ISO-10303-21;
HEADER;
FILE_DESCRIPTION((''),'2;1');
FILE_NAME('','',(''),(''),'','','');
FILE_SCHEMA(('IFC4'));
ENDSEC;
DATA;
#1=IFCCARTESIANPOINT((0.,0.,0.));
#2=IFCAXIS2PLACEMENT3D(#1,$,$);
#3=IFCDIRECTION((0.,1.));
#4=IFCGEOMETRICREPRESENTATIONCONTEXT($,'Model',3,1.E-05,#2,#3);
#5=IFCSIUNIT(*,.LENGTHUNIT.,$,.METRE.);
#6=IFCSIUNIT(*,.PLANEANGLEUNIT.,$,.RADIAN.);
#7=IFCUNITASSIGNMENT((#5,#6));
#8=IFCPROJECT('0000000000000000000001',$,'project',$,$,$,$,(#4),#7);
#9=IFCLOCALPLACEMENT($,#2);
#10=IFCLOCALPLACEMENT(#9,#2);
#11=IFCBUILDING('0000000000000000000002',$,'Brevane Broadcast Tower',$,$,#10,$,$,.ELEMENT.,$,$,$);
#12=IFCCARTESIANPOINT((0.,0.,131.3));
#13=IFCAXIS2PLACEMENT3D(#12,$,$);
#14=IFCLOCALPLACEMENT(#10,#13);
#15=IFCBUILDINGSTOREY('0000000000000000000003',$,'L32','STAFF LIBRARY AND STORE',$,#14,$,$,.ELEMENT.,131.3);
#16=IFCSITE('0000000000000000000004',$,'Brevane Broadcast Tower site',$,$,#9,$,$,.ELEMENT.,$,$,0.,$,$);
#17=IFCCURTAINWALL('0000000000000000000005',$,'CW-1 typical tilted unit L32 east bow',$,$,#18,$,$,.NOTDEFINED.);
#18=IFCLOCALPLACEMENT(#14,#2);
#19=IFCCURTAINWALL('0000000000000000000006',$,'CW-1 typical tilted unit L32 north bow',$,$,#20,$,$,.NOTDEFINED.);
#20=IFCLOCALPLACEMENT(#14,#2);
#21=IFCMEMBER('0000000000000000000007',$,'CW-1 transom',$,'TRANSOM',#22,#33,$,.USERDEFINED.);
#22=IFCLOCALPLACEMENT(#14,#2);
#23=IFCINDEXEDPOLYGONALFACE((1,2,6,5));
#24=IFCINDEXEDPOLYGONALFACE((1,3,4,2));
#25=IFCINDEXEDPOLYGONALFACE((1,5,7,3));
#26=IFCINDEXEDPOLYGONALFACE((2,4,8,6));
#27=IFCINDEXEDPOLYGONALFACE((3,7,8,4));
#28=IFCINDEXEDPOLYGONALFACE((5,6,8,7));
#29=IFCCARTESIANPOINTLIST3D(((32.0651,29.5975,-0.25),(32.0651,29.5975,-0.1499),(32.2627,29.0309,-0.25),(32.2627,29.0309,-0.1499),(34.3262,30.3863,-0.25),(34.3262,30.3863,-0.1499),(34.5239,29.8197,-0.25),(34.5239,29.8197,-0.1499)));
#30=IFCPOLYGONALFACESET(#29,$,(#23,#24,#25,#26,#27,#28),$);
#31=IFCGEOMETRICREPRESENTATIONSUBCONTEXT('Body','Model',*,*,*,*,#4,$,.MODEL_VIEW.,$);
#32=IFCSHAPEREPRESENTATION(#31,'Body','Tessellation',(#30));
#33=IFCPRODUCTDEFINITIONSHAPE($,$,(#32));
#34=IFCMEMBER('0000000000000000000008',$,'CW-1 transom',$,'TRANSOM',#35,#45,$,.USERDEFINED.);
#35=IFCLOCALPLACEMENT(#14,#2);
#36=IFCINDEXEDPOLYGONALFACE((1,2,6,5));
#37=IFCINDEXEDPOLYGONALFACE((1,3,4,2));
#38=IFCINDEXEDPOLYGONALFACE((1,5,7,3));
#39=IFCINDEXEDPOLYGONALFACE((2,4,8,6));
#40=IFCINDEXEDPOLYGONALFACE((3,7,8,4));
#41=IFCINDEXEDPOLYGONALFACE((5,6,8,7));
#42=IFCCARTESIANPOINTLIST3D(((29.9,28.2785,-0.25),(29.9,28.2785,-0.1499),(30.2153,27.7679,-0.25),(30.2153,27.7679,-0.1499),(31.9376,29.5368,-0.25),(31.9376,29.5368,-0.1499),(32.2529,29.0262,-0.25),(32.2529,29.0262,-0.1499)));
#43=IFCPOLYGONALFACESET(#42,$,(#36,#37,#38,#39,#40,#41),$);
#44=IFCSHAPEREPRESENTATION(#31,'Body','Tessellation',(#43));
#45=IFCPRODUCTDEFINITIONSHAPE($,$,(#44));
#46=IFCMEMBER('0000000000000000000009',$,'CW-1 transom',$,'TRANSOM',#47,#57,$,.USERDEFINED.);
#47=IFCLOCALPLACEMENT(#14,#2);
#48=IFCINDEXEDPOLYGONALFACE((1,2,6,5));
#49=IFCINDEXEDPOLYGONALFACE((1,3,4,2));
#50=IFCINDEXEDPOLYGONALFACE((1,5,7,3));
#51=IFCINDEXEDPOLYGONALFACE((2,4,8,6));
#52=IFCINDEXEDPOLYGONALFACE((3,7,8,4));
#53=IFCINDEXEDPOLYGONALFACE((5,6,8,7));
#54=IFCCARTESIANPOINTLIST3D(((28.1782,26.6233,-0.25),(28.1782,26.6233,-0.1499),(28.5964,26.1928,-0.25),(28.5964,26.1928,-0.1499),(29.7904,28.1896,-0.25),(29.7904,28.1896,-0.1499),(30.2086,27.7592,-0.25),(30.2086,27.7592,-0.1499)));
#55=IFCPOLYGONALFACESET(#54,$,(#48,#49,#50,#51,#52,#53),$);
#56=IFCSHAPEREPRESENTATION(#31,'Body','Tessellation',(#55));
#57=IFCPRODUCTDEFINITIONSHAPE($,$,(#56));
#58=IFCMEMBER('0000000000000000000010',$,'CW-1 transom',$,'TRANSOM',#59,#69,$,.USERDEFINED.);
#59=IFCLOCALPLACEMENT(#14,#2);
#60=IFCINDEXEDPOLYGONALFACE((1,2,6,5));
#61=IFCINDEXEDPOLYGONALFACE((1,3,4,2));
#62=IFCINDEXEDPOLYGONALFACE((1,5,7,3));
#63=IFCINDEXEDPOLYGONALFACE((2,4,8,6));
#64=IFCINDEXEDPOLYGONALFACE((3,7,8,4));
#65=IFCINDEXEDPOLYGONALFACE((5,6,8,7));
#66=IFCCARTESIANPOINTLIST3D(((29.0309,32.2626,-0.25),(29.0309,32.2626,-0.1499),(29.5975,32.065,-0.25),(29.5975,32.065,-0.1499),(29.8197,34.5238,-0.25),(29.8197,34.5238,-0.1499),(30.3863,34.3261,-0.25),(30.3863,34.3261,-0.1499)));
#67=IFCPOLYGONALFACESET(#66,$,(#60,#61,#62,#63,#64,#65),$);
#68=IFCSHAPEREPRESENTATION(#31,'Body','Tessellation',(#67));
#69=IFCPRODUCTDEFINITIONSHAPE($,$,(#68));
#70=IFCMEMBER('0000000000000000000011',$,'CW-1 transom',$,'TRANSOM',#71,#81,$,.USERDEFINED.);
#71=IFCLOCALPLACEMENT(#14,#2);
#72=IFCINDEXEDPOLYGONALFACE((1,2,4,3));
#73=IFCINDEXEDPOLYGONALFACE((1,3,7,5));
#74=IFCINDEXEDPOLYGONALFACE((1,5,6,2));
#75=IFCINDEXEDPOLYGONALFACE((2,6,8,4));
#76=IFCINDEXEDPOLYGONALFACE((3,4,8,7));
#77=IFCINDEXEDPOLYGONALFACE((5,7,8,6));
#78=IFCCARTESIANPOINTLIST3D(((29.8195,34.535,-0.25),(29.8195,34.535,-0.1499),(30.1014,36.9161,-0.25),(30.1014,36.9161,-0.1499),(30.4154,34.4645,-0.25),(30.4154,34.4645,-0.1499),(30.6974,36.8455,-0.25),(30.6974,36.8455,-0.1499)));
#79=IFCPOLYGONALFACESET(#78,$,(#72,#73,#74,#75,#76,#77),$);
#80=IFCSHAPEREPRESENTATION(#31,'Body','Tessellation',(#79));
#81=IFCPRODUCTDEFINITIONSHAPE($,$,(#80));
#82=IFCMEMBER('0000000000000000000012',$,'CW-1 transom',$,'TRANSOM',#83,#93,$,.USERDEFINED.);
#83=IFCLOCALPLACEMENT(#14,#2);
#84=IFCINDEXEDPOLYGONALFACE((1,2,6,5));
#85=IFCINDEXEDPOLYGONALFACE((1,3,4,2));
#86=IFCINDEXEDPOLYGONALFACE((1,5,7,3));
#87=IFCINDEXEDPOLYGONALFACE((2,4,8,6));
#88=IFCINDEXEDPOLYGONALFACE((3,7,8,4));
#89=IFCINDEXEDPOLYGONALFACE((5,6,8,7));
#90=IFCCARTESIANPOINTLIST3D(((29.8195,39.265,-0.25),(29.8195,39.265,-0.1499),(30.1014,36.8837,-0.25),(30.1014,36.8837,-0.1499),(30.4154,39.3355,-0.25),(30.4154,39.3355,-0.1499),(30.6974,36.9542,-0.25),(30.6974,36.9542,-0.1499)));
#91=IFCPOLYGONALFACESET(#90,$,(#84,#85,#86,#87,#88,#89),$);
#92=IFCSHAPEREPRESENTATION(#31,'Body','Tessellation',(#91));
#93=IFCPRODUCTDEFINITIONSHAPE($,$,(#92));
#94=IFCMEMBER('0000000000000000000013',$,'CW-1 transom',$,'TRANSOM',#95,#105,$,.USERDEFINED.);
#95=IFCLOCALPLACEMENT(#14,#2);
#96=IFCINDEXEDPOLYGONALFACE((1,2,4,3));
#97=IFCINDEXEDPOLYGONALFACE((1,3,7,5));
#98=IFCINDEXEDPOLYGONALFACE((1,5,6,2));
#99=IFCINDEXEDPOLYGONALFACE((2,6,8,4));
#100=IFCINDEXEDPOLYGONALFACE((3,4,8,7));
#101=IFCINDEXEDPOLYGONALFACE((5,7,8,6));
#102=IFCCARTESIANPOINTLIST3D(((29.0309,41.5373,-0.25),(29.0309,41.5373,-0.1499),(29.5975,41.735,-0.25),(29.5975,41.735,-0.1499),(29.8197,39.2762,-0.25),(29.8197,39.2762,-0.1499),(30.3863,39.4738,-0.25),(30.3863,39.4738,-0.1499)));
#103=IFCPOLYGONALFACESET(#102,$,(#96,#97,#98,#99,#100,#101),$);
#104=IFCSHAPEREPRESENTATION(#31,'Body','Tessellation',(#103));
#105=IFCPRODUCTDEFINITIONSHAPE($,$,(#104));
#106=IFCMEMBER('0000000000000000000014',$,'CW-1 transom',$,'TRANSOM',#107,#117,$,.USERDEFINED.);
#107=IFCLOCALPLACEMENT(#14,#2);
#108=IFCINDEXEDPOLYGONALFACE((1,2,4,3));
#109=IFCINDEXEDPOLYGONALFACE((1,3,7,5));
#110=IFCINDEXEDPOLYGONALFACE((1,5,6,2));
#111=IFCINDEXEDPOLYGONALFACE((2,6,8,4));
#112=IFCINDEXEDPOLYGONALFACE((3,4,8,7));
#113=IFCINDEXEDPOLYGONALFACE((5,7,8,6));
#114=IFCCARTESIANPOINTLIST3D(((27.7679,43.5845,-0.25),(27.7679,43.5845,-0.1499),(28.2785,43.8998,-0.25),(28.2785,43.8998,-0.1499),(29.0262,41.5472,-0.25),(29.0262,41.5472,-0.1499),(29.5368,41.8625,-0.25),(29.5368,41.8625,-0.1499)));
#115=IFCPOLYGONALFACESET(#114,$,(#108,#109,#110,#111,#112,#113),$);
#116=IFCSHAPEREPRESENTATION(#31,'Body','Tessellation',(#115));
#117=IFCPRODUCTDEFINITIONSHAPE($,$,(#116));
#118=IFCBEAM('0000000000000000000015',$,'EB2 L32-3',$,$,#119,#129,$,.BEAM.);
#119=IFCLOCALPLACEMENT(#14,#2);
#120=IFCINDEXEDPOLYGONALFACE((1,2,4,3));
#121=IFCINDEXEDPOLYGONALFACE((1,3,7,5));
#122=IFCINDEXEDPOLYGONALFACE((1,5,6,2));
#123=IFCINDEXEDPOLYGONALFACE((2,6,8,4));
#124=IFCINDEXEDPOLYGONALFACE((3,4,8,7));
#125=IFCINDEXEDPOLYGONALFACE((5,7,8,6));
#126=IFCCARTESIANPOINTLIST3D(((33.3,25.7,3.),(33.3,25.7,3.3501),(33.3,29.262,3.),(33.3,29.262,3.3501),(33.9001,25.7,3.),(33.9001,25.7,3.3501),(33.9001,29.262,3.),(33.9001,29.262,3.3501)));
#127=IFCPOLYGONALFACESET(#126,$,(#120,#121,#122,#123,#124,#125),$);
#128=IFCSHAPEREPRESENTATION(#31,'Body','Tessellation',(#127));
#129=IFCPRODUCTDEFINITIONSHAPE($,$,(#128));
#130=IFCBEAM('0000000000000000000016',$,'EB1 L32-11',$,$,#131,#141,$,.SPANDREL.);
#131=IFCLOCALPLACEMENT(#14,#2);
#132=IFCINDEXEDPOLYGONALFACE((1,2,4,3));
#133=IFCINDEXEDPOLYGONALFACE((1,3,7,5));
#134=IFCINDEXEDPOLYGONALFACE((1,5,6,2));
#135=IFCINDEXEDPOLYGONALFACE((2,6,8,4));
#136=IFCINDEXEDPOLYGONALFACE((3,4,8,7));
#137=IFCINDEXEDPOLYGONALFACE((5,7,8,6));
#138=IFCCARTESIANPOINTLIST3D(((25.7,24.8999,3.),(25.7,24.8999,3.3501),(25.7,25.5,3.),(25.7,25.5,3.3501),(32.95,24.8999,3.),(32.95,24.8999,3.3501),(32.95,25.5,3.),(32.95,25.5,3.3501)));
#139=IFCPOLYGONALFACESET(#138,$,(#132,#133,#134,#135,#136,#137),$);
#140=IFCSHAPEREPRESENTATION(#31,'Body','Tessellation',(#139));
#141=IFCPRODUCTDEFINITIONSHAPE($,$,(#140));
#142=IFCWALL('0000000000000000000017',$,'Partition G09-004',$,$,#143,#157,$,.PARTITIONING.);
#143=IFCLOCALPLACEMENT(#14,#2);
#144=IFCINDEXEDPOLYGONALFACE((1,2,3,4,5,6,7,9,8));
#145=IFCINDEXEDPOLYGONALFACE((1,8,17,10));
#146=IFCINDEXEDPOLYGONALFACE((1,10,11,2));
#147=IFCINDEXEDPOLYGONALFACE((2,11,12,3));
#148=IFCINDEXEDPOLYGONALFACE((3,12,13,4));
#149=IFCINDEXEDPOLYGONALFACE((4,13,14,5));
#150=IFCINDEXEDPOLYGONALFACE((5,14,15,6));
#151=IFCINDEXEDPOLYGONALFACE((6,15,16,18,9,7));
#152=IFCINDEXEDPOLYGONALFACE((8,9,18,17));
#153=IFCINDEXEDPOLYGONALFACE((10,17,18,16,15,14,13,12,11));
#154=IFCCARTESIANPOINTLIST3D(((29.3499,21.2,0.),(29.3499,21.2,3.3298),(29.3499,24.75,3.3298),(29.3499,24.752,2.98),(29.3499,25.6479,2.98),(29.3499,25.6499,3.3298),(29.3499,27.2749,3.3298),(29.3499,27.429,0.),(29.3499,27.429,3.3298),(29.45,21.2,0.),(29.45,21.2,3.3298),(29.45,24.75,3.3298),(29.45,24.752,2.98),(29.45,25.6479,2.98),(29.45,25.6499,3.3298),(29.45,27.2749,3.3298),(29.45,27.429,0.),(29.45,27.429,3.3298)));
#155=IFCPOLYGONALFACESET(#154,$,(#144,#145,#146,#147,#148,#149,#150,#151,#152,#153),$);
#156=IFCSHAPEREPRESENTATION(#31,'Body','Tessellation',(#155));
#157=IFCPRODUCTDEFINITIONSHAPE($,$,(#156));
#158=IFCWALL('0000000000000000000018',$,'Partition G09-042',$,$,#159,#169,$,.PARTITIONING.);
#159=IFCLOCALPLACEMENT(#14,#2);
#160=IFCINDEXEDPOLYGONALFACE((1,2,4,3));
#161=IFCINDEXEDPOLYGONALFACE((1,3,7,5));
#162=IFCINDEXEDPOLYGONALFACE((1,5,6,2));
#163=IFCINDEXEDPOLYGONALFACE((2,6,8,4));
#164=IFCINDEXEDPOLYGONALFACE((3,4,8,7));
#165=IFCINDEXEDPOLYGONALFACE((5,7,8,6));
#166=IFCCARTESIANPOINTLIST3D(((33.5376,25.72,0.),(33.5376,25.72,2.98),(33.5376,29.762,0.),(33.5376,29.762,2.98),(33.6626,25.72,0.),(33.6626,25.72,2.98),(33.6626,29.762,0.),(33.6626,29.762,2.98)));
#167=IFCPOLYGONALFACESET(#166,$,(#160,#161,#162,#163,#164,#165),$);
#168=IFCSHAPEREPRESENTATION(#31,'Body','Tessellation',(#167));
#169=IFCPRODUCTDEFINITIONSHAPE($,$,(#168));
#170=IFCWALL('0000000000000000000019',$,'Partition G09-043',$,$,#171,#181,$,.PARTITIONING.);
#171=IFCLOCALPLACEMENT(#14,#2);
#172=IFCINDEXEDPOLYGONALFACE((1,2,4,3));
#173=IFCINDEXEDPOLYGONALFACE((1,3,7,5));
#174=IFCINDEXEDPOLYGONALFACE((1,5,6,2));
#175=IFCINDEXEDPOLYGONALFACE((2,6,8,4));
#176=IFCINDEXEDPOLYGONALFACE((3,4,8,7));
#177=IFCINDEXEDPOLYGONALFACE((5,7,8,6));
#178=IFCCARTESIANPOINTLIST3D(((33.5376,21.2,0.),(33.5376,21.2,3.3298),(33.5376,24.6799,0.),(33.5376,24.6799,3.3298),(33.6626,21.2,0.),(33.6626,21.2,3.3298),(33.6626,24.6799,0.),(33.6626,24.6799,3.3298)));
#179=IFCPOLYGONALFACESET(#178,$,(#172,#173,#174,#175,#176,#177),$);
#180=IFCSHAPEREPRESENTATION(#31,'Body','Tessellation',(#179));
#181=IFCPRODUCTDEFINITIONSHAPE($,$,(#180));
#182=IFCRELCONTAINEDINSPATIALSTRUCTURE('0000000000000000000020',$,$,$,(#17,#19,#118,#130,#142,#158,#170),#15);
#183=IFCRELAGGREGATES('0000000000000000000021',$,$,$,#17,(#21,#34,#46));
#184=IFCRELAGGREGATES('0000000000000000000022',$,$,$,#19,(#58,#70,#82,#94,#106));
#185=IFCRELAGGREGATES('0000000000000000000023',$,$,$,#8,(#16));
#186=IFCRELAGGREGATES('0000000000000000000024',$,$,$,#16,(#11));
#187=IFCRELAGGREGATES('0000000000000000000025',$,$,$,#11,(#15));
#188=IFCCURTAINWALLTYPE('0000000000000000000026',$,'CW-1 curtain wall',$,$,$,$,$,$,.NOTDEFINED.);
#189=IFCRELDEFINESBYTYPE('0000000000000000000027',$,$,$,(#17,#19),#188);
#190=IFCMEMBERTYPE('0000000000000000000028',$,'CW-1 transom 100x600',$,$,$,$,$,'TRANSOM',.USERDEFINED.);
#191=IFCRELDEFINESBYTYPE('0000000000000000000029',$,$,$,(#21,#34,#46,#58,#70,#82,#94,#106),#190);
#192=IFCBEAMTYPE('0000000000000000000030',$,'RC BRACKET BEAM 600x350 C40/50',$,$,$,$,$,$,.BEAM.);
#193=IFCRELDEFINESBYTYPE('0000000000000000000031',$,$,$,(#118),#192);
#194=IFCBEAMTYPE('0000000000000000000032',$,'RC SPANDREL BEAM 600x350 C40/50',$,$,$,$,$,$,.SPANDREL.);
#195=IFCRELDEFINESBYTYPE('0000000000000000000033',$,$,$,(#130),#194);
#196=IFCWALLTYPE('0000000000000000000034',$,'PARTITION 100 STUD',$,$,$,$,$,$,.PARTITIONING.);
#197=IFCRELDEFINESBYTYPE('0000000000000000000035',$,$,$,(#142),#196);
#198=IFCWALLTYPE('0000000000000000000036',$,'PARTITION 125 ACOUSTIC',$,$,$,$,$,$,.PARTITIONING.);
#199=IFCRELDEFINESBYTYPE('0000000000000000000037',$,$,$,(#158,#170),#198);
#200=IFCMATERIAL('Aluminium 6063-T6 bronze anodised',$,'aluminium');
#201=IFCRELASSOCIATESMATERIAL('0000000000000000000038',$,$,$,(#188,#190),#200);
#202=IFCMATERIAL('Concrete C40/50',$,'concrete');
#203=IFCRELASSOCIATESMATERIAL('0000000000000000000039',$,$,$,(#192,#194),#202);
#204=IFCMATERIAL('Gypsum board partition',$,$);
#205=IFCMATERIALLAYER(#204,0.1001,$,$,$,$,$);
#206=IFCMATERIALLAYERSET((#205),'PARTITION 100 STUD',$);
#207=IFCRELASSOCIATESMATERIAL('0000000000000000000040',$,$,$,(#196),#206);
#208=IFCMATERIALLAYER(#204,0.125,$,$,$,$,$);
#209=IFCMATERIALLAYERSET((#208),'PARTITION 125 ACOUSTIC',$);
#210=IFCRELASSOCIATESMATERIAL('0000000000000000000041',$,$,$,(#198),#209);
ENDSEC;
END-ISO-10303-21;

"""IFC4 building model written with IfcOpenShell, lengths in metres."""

from ifc_helpers import new_model, si_unit, direction, frame, frame_2d, origin, origin_2d, place, context, subcontext, project, spatial, polyline, rectangle, outline, extrude, material, layer, layer_set, material_profile, profile_set, type_object, element, aggregate, save


model = new_model("IFC4")

# Units and contexts
model_context = context("Model", 3, precision=1e-05, world=origin(), true_north=direction((0.0, 1.0)))
body_context = subcontext(model_context, "Body", "Model", "MODEL_VIEW")
ifc_project = project(units=[si_unit("LENGTHUNIT", "METRE"), si_unit("PLANEANGLEUNIT", "RADIAN")], contexts=[model_context])

# Site, building, storey
site_placement = place(None, origin())
site = spatial("IfcSite", under=ifc_project, at=site_placement, Name="Brevane Broadcast Tower site", CompositionType="ELEMENT", RefElevation=0.0)
building_placement = place(site_placement, origin())
building = spatial("IfcBuilding", under=site, at=building_placement, Name="Brevane Broadcast Tower", CompositionType="ELEMENT")
storey_placement = place(building_placement, frame((0.0, 0.0, 131.3)))
storey = spatial("IfcBuildingStorey", under=building, at=storey_placement, Name="L32", Description="STAFF LIBRARY AND STORE", CompositionType="ELEMENT", Elevation=131.3)

# Curtain wall
ifc_material_1 = material(Name="Aluminium 6063-T6 bronze anodised", Category="aluminium")
curtain_wall_type = type_object("IfcCurtainWallType", Name="CW-1 curtain wall", PredefinedType="NOTDEFINED", material=ifc_material_1)
curtain_wall_1_placement = place(storey_placement, origin())
curtain_wall_1 = element("IfcCurtainWall", 1, at=curtain_wall_1_placement, inside=storey, type_object=curtain_wall_type, Name="CW-1 typical tilted unit L32 east bow", PredefinedType="NOTDEFINED")

# Curtain wall
curtain_wall_2_placement = place(storey_placement, origin())
curtain_wall_2 = element("IfcCurtainWall", 2, at=curtain_wall_2_placement, inside=storey, type_object=curtain_wall_type, Name="CW-1 typical tilted unit L32 north bow", PredefinedType="NOTDEFINED")

# Members
ifc_material_profile_1 = material_profile(ifc_material_1, rectangle(XDim=0.6001, YDim=0.1001, at=origin_2d()), Name="RECT 100x600")
ifc_profile_set_1 = profile_set([ifc_material_profile_1], Name="Aluminium 6063-T6 bronze anodised")
member_type_1 = type_object("IfcMemberType", Name="CW-1 transom 100x600", ElementType="TRANSOM", PredefinedType="USERDEFINED", material=ifc_profile_set_1)
member_1_placement = place(storey_placement, frame((34.425, 30.103, -0.2), z_axis=(-0.944198, -0.329378, 0.0), x_axis=(0.329378, -0.944198, 0.0)))
member_1 = element("IfcMember", 3, at=member_1_placement, type_object=member_type_1, Name="CW-1 transom", ObjectType="TRANSOM", PredefinedType="USERDEFINED", context=body_context, shape_type="SweptSolid", body=[
    extrude(rectangle(XDim=0.6001, YDim=0.1001, at=origin_2d()), origin(), (0.0, 0.0, 1.0), 2.3948),
])
member_2_placement = place(storey_placement, frame((32.0952, 29.2815, -0.2), z_axis=(-0.850838, -0.525428, 0.0), x_axis=(0.525428, -0.850838, 0.0)))
member_2 = element("IfcMember", 4, at=member_2_placement, type_object=member_type_1, Name="CW-1 transom", ObjectType="TRANSOM", PredefinedType="USERDEFINED", context=body_context, shape_type="SweptSolid", body=[
    extrude(rectangle(XDim=0.6001, YDim=0.1001, at=origin_2d()), origin(), (0.0, 0.0, 1.0), 2.3948),
])
member_3_placement = place(storey_placement, frame((29.9995, 27.9744, -0.2), z_axis=(-0.717242, -0.696824, 0.0), x_axis=(0.696824, -0.717242, 0.0)))
member_3 = element("IfcMember", 5, at=member_3_placement, type_object=member_type_1, Name="CW-1 transom", ObjectType="TRANSOM", PredefinedType="USERDEFINED", context=body_context, shape_type="SweptSolid", body=[
    extrude(rectangle(XDim=0.6001, YDim=0.1001, at=origin_2d()), origin(), (0.0, 0.0, 1.0), 2.2478),
])
aggregate(curtain_wall_1, [member_1, member_2, member_3])
member_4_placement = place(storey_placement, frame((29.3142, 32.1638, -0.2), z_axis=(0.329378, 0.944198, 0.0), x_axis=(-0.944198, 0.329378, 0.0)))
member_4 = element("IfcMember", 6, at=member_4_placement, type_object=member_type_1, Name="CW-1 transom", ObjectType="TRANSOM", PredefinedType="USERDEFINED", context=body_context, shape_type="SweptSolid", body=[
    extrude(rectangle(XDim=0.6001, YDim=0.1001, at=origin_2d()), origin(), (0.0, 0.0, 1.0), 2.3948),
])
member_5_placement = place(storey_placement, frame((30.1174, 34.4998, -0.2), z_axis=(0.117603, 0.993061, 0.0), x_axis=(-0.993061, 0.117603, 0.0)))
member_5 = element("IfcMember", 7, at=member_5_placement, type_object=member_type_1, Name="CW-1 transom", ObjectType="TRANSOM", PredefinedType="USERDEFINED", context=body_context, shape_type="SweptSolid", body=[
    extrude(rectangle(XDim=0.6001, YDim=0.1001, at=origin_2d()), origin(), (0.0, 0.0, 1.0), 2.3977),
])
member_6_placement = place(storey_placement, frame((30.3994, 36.9189, -0.2), z_axis=(-0.117591, 0.993062, 0.0), x_axis=(-0.993062, -0.117591, 0.0)))
member_6 = element("IfcMember", 8, at=member_6_placement, type_object=member_type_1, Name="CW-1 transom", ObjectType="TRANSOM", PredefinedType="USERDEFINED", context=body_context, shape_type="SweptSolid", body=[
    extrude(rectangle(XDim=0.6001, YDim=0.1001, at=origin_2d()), origin(), (0.0, 0.0, 1.0), 2.3979),
])
member_7_placement = place(storey_placement, frame((30.103, 39.375, -0.2), z_axis=(-0.329378, 0.944198, 0.0), x_axis=(-0.944198, -0.329378, 0.0)))
member_7 = element("IfcMember", 9, at=member_7_placement, type_object=member_type_1, Name="CW-1 transom", ObjectType="TRANSOM", PredefinedType="USERDEFINED", context=body_context, shape_type="SweptSolid", body=[
    extrude(rectangle(XDim=0.6001, YDim=0.1001, at=origin_2d()), origin(), (0.0, 0.0, 1.0), 2.3948),
])
member_8_placement = place(storey_placement, frame((29.2815, 41.7048, -0.2), z_axis=(-0.525473, 0.85081, 0.0), x_axis=(-0.85081, -0.525473, 0.0)))
member_8 = element("IfcMember", 10, at=member_8_placement, type_object=member_type_1, Name="CW-1 transom", ObjectType="TRANSOM", PredefinedType="USERDEFINED", context=body_context, shape_type="SweptSolid", body=[
    extrude(rectangle(XDim=0.6001, YDim=0.1001, at=origin_2d()), origin(), (0.0, 0.0, 1.0), 2.3945),
])
aggregate(curtain_wall_2, [member_4, member_5, member_6, member_7, member_8])

# Beams
ifc_material_2 = material(Name="Concrete C40/50", Category="concrete")
ifc_material_profile_2 = material_profile(ifc_material_2, rectangle(XDim=0.6001, YDim=0.3501, at=origin_2d()), Name="RC 600x350")
ifc_profile_set_2 = profile_set([ifc_material_profile_2], Name="Concrete C40/50")
beam_type_1 = type_object("IfcBeamType", Name="RC BRACKET BEAM 600x350 C40/50", PredefinedType="BEAM", material=ifc_profile_set_2)
beam_1_placement = place(storey_placement, frame((33.6001, 25.7, 3.175), z_axis=(0.0, 1.0, 0.0), x_axis=(-1.0, 0.0, 0.0)))
element("IfcBeam", 11, at=beam_1_placement, inside=storey, type_object=beam_type_1, Name="EB2 L32-3", PredefinedType="BEAM", context=body_context, shape_type="SweptSolid", body=[
    extrude(rectangle(XDim=0.6001, YDim=0.3501, at=origin_2d()), origin(), (0.0, 0.0, 1.0), 3.562),
])
ifc_material_profile_3 = material_profile(ifc_material_2, rectangle(XDim=0.6001, YDim=0.3501, at=origin_2d()), Name="RC 600x350")
ifc_profile_set_3 = profile_set([ifc_material_profile_3], Name="Concrete C40/50")
beam_type_2 = type_object("IfcBeamType", Name="RC SPANDREL BEAM 600x350 C40/50", PredefinedType="SPANDREL", material=ifc_profile_set_3)
beam_2_placement = place(storey_placement, frame((32.95, 25.2, 3.175), z_axis=(-1.0, 0.0, 0.0), x_axis=(0.0, -1.0, 0.0)))
element("IfcBeam", 12, at=beam_2_placement, inside=storey, type_object=beam_type_2, Name="EB1 L32-11", PredefinedType="SPANDREL", context=body_context, shape_type="SweptSolid", body=[
    extrude(rectangle(XDim=0.6001, YDim=0.3501, at=origin_2d()), origin(), (0.0, 0.0, 1.0), 7.25),
])

# Walls
ifc_material_3 = material(Name="Gypsum board partition")
ifc_layer_1 = layer(ifc_material_3, 0.1001)
ifc_layer_set_1 = layer_set([ifc_layer_1], Name="PARTITION 100 STUD")
wall_type_1 = type_object("IfcWallType", Name="PARTITION 100 STUD", PredefinedType="PARTITIONING", material=ifc_layer_set_1)
wall_1_placement = place(storey_placement, frame((29.3999, 27.429, 0.0), z_axis=(0.0, 0.0, 1.0), x_axis=(0.0, -1.0, 0.0)))
element("IfcWall", 13, at=wall_1_placement, inside=storey, type_object=wall_type_1, Name="Partition G09-004", PredefinedType="PARTITIONING", context=body_context, shape_type="SweptSolid", body=[
    extrude(outline(polyline([(0.0, 0.0), (6.229, 0.0), (6.229, 3.3298), (2.679, 3.3298), (2.677, 2.98), (1.781, 2.98), (1.7791, 3.3298), (0.1541, 3.3298), (0.0, 3.3298), (0.0, 0.0)])), frame((0.0, 0.05, 0.0), z_axis=(0.0, -1.0, 0.0), x_axis=(1.0, 0.0, 0.0)), (0.0, 0.0, 1.0), 0.1001),
])
ifc_layer_2 = layer(ifc_material_3, 0.125)
ifc_layer_set_2 = layer_set([ifc_layer_2], Name="PARTITION 125 ACOUSTIC")
wall_type_2 = type_object("IfcWallType", Name="PARTITION 125 ACOUSTIC", PredefinedType="PARTITIONING", material=ifc_layer_set_2)
wall_2_placement = place(storey_placement, frame((33.6001, 29.762, 0.0), z_axis=(0.0, 0.0, 1.0), x_axis=(0.0, -1.0, 0.0)))
element("IfcWall", 14, at=wall_2_placement, inside=storey, type_object=wall_type_2, Name="Partition G09-042", PredefinedType="PARTITIONING", context=body_context, shape_type="SweptSolid", body=[
    extrude(rectangle(XDim=4.042, YDim=0.125, at=frame_2d((2.021, 0.0))), origin(), (0.0, 0.0, 1.0), 2.98),
])
wall_3_placement = place(storey_placement, frame((33.6001, 24.6799, 0.0), z_axis=(0.0, 0.0, 1.0), x_axis=(0.0, -1.0, 0.0)))
element("IfcWall", 15, at=wall_3_placement, inside=storey, type_object=wall_type_2, Name="Partition G09-043", PredefinedType="PARTITIONING", context=body_context, shape_type="SweptSolid", body=[
    extrude(rectangle(XDim=3.48, YDim=0.125, at=frame_2d((1.74, 0.0))), origin(), (0.0, 0.0, 1.0), 3.3298),
])

save(model, "model.ifc")
